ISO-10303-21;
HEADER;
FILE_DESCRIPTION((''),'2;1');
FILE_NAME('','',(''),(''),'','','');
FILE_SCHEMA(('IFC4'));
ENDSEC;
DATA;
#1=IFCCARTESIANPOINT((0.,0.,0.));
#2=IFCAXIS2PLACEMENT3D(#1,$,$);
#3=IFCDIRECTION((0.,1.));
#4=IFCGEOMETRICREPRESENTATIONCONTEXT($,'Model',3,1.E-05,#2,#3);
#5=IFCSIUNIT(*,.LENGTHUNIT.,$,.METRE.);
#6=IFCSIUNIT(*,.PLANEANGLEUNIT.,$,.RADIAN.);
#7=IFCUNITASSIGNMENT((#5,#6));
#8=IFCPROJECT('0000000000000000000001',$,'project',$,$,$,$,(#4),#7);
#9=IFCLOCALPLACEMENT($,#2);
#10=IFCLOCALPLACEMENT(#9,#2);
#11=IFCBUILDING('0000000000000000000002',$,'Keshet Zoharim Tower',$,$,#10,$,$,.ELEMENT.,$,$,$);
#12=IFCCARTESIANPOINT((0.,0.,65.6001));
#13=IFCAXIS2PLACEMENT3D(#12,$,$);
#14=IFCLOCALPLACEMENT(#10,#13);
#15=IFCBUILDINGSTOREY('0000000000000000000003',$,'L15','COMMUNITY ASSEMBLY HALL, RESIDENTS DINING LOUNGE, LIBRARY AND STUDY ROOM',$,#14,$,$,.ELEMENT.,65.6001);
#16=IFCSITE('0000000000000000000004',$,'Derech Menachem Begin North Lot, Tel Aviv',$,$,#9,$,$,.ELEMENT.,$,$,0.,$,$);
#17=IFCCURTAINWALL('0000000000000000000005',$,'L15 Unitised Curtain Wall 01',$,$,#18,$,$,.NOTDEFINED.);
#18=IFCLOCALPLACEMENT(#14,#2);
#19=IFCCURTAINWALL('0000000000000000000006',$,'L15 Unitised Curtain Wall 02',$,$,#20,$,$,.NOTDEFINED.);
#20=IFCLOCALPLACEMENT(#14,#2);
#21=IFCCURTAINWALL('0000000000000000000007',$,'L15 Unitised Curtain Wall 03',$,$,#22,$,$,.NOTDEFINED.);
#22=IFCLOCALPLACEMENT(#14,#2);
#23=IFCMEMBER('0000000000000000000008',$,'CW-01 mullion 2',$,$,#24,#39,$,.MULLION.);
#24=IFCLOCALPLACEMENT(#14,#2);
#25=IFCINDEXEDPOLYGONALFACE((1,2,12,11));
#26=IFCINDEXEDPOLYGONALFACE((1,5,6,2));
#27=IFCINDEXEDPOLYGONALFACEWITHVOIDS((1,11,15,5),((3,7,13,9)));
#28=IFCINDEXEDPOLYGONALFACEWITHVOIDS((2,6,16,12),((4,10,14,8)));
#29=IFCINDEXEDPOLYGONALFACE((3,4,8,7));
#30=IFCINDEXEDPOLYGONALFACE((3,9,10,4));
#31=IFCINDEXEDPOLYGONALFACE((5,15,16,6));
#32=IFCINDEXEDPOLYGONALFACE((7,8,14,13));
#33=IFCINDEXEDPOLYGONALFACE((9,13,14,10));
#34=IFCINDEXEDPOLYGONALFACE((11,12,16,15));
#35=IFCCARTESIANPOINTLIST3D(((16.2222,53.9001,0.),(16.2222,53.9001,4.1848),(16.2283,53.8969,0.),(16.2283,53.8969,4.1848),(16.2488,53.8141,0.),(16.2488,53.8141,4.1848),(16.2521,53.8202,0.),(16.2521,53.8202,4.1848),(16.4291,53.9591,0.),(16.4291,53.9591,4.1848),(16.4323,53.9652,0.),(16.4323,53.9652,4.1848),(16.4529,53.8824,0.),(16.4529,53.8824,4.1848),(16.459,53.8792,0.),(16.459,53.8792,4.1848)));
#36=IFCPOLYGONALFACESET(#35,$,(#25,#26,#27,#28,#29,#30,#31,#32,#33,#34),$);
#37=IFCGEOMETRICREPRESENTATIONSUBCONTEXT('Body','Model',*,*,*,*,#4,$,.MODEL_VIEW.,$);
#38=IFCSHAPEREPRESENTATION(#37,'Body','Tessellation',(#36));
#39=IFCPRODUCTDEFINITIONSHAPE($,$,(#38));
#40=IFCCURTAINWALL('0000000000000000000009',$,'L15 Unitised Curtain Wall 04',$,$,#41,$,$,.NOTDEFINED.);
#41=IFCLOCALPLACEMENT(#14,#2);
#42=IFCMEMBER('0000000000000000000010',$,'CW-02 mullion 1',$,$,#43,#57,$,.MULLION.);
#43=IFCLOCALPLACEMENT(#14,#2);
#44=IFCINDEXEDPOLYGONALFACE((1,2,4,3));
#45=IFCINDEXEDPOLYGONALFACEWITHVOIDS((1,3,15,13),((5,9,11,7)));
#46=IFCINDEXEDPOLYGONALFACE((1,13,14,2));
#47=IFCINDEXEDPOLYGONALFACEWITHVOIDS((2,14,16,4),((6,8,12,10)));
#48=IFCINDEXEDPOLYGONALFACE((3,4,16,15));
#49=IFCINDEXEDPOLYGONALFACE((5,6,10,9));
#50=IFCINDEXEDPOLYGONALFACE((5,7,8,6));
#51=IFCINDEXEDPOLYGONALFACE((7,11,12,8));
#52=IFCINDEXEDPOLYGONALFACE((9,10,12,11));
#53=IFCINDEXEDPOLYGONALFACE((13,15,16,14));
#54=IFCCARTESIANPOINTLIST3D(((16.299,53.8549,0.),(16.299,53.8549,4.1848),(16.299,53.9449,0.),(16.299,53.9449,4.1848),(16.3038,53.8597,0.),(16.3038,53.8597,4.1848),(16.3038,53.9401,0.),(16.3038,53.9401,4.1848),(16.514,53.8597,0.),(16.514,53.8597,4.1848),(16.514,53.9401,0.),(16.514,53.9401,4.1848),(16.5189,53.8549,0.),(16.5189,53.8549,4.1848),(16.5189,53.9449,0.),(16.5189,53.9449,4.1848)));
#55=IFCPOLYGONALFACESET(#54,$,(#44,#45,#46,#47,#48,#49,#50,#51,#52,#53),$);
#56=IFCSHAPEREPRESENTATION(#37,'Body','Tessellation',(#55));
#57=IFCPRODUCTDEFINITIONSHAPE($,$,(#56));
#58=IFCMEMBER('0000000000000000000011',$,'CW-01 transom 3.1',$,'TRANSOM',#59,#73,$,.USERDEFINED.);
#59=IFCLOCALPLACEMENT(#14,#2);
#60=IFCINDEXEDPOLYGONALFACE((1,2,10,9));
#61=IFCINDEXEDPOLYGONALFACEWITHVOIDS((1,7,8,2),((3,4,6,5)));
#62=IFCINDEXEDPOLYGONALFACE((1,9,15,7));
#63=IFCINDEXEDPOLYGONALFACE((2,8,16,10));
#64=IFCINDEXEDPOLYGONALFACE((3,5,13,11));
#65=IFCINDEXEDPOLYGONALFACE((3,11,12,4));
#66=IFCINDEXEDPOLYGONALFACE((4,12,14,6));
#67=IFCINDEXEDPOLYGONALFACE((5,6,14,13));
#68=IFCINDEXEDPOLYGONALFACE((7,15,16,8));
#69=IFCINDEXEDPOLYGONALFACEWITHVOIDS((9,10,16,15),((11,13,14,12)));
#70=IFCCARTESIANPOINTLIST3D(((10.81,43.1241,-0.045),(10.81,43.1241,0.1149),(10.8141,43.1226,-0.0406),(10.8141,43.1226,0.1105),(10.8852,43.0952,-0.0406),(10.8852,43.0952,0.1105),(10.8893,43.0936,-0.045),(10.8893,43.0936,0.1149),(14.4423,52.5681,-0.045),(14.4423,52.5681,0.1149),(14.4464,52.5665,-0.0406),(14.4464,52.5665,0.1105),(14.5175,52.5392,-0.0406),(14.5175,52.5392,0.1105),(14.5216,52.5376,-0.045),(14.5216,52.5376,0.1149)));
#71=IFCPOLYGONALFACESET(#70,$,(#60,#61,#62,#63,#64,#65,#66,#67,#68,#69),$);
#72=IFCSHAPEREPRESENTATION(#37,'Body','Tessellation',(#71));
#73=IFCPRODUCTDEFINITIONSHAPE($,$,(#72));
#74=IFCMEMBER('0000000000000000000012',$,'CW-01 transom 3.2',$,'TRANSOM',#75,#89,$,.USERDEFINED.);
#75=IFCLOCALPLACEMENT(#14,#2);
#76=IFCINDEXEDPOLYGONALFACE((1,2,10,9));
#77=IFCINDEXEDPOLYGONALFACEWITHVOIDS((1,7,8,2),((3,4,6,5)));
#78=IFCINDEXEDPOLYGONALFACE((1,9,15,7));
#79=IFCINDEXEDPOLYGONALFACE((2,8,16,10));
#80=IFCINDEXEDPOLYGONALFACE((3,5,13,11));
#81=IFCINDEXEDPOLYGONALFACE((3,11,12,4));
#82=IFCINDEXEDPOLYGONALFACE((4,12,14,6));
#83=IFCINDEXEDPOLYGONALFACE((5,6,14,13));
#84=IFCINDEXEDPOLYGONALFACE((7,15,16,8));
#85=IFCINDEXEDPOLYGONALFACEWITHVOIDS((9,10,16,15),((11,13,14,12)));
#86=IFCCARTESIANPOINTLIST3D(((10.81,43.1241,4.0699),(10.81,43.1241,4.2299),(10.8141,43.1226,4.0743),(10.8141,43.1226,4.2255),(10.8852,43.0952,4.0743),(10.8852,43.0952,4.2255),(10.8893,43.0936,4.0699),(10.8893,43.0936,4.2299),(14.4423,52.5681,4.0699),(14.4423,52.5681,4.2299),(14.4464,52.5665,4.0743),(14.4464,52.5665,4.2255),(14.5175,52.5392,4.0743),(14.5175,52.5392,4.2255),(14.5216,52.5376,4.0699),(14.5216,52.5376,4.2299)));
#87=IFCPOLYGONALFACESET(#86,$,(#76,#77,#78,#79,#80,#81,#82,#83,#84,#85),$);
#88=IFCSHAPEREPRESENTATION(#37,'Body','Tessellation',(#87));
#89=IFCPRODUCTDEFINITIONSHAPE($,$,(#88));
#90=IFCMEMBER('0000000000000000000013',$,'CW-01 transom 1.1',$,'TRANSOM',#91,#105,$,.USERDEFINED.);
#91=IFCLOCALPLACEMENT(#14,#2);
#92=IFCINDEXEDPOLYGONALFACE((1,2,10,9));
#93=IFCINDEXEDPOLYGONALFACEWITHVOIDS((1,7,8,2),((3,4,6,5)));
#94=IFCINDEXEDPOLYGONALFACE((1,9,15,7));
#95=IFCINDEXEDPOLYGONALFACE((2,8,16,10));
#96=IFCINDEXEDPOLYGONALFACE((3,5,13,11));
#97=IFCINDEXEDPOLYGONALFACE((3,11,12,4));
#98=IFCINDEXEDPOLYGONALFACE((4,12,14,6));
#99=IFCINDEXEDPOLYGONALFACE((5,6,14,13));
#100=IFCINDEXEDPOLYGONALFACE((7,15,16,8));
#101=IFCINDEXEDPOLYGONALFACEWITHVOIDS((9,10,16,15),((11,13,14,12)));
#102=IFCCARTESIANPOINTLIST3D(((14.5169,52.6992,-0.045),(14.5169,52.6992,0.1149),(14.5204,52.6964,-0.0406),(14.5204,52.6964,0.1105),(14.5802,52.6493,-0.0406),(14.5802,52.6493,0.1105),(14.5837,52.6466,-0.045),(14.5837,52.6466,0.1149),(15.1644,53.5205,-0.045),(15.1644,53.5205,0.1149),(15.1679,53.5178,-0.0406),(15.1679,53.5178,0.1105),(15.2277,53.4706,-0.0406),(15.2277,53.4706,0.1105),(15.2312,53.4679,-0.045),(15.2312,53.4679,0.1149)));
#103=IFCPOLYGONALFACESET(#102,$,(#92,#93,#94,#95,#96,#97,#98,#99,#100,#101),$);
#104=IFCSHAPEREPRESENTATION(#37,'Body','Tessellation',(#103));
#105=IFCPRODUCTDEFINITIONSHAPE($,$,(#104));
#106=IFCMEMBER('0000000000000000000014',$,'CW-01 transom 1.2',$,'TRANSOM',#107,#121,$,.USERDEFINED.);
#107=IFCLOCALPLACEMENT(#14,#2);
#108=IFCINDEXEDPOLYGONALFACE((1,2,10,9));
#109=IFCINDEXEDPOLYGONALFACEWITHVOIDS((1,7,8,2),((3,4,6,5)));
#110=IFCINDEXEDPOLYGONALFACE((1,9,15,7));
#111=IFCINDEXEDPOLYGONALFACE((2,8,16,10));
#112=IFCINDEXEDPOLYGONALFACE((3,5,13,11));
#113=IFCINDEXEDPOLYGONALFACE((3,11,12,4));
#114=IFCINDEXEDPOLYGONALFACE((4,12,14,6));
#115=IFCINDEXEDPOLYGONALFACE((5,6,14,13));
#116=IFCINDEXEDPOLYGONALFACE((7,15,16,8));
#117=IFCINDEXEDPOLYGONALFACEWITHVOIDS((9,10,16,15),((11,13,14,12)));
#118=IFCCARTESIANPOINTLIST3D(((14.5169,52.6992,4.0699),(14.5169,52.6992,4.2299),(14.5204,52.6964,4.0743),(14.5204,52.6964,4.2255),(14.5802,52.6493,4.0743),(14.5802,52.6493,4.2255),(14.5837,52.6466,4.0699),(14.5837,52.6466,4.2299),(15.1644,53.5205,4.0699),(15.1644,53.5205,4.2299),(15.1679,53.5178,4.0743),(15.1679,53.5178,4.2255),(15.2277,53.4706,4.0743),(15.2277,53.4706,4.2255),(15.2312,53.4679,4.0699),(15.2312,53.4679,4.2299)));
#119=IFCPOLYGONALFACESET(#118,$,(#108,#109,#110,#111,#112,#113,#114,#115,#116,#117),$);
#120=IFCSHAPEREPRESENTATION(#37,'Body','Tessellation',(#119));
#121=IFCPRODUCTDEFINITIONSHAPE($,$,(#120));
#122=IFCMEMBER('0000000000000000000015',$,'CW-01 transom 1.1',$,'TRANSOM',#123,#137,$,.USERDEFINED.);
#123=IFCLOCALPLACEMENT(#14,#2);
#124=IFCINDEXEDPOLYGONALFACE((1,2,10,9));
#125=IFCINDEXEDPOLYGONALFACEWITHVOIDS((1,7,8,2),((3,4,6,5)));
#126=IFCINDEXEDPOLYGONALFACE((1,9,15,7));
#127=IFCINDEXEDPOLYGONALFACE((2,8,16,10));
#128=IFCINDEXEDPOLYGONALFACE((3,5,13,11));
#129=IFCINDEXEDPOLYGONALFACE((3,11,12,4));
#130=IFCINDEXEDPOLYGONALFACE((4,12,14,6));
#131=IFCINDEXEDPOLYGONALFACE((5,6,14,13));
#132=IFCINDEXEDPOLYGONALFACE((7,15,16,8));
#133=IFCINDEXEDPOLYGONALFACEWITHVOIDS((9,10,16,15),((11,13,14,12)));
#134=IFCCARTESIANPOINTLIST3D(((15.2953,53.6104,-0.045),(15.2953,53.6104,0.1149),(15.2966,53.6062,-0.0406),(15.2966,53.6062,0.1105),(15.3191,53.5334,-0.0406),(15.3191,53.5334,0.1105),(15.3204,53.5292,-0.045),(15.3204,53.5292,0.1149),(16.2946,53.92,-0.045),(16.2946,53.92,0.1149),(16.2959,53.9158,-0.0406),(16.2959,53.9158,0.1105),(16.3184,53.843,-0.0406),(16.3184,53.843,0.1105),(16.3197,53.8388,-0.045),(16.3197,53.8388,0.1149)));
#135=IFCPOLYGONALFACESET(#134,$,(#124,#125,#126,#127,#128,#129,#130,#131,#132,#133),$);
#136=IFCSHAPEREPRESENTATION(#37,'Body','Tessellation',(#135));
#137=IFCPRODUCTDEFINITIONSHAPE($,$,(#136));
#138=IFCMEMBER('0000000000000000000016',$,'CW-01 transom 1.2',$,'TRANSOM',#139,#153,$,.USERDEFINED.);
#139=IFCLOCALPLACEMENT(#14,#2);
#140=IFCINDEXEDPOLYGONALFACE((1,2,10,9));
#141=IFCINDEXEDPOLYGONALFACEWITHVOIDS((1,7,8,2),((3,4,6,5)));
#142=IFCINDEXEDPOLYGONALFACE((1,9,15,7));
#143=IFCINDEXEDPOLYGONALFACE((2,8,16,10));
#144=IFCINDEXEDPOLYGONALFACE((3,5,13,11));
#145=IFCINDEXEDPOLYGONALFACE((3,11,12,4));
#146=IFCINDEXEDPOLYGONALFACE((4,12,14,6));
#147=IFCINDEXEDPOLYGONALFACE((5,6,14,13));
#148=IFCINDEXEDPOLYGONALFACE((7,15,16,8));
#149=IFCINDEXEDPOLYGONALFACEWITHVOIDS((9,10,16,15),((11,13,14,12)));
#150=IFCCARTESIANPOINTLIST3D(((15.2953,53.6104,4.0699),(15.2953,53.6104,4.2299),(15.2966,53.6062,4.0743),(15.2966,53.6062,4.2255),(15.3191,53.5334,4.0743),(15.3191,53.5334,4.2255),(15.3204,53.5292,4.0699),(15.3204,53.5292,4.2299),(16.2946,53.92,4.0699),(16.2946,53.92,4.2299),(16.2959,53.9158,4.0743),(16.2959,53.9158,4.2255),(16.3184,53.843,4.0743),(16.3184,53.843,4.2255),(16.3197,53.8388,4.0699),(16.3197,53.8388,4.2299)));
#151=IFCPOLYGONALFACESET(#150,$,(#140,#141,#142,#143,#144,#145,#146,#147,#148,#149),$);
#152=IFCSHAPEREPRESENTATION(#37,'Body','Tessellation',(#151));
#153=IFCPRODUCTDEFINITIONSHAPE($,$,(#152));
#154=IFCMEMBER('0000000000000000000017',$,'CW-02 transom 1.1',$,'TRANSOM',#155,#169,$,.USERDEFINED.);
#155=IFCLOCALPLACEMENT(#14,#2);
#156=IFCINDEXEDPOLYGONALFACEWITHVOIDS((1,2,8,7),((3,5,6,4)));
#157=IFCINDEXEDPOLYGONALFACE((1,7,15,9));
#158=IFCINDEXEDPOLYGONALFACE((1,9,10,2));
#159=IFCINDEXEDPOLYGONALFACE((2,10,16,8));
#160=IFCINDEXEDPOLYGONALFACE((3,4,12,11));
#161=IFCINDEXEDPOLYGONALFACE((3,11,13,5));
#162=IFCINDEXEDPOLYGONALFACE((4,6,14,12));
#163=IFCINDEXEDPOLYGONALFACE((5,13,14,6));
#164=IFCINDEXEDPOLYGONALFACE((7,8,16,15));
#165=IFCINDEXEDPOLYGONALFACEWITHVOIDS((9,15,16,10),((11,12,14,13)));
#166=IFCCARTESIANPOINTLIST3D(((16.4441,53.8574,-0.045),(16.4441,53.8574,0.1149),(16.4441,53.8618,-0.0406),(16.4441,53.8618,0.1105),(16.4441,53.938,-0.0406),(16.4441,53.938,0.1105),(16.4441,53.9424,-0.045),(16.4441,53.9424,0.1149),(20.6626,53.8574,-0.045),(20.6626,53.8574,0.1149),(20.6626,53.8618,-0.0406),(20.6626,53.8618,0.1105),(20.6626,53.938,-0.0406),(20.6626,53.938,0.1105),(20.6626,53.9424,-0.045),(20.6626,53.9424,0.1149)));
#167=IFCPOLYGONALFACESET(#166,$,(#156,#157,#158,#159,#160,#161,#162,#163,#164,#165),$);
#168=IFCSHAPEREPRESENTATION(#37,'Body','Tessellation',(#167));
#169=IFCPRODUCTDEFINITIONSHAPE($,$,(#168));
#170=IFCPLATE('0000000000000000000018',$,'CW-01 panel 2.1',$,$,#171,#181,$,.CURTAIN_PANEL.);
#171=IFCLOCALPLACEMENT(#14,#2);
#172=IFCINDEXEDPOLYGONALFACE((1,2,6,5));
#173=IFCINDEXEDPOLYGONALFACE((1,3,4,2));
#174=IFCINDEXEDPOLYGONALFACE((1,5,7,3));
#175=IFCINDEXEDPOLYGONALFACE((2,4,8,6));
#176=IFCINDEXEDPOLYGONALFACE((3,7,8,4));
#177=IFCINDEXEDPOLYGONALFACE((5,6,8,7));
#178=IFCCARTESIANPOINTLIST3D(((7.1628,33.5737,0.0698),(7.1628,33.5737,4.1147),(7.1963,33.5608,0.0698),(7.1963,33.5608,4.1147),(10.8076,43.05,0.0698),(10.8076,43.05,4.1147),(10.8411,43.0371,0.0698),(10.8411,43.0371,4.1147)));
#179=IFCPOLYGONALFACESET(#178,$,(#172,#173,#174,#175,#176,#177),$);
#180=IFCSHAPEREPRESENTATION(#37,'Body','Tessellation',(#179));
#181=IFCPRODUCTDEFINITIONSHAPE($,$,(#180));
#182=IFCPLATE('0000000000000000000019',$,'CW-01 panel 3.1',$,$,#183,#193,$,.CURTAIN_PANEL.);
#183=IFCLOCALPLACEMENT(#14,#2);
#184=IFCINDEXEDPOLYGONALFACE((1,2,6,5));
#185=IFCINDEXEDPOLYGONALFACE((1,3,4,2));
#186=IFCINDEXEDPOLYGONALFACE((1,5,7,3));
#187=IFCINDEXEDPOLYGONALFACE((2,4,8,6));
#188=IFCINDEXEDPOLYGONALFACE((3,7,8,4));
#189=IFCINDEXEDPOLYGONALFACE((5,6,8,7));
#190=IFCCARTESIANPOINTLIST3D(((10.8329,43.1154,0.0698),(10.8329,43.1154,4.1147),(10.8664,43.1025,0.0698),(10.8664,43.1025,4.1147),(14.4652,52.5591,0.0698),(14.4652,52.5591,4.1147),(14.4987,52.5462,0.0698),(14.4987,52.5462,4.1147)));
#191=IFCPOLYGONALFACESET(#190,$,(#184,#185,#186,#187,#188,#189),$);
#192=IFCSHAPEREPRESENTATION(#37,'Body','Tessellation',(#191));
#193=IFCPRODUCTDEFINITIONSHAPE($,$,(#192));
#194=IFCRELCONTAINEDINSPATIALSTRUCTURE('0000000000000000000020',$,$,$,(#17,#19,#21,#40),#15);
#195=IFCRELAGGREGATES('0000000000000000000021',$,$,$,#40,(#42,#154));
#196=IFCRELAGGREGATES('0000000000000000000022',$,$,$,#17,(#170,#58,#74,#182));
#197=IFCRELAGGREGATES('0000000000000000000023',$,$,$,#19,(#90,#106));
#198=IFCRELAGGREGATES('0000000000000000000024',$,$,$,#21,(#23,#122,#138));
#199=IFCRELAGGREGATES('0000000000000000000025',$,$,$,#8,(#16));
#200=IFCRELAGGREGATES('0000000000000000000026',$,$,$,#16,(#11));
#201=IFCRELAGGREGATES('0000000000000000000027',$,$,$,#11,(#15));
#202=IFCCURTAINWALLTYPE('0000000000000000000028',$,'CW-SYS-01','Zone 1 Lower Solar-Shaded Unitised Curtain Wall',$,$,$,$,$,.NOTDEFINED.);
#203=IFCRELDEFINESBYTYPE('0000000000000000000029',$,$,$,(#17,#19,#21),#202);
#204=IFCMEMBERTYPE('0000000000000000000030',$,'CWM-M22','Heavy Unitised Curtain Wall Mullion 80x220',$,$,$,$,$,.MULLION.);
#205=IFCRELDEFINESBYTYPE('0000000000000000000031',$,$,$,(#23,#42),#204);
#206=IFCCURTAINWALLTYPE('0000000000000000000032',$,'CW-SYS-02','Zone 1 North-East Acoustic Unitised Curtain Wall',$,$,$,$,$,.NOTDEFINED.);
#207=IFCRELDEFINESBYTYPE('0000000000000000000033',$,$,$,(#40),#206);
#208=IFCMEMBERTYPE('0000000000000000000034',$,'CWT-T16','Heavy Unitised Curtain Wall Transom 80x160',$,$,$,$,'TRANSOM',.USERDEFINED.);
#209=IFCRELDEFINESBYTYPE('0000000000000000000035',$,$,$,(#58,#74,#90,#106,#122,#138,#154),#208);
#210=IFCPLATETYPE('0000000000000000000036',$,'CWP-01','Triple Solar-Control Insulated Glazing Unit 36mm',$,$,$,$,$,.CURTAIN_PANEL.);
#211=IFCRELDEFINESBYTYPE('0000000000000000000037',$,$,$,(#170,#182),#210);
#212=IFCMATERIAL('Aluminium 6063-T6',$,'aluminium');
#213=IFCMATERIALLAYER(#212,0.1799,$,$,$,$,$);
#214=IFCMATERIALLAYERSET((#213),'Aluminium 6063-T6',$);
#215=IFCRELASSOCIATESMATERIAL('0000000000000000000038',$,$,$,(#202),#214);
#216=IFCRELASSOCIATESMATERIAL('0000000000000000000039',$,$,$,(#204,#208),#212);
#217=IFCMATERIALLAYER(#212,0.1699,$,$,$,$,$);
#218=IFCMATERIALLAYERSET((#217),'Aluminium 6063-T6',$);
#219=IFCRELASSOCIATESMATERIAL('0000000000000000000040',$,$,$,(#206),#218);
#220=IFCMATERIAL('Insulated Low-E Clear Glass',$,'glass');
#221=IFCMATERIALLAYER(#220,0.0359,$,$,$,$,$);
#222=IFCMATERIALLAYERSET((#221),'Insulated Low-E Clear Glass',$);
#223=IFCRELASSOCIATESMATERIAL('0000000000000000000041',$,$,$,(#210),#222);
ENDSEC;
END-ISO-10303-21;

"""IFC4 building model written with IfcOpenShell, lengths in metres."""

from ifc_helpers import new_model, si_unit, direction, frame, origin, origin_2d, place, context, subcontext, project, spatial, rectangle, hollow_rectangle, extrude, material, layer, layer_set, material_profile, profile_set, type_object, element, aggregate, save


model = new_model("IFC4")

# Units and contexts
model_context = context("Model", 3, precision=1e-05, world=origin(), true_north=direction((0.0, 1.0)))
body_context = subcontext(model_context, "Body", "Model", "MODEL_VIEW")
ifc_project = project(units=[si_unit("LENGTHUNIT", "METRE"), si_unit("PLANEANGLEUNIT", "RADIAN")], contexts=[model_context])

# Site, building, storey
site_placement = place(None, origin())
site = spatial("IfcSite", under=ifc_project, at=site_placement, Name="Derech Menachem Begin North Lot, Tel Aviv", CompositionType="ELEMENT", RefElevation=0.0)
building_placement = place(site_placement, origin())
building = spatial("IfcBuilding", under=site, at=building_placement, Name="Keshet Zoharim Tower", CompositionType="ELEMENT")
storey_placement = place(building_placement, frame((0.0, 0.0, 65.6001)))
storey = spatial("IfcBuildingStorey", under=building, at=storey_placement, Name="L15", Description="COMMUNITY ASSEMBLY HALL, RESIDENTS DINING LOUNGE, LIBRARY AND STUDY ROOM", CompositionType="ELEMENT", Elevation=65.6001)

# Curtain walls, member
ifc_material_1 = material(Name="Aluminium 6063-T6", Category="aluminium")
ifc_layer_1 = layer(ifc_material_1, 0.1799)
ifc_layer_set_1 = layer_set([ifc_layer_1], Name="Aluminium 6063-T6")
curtain_wall_type_1 = type_object("IfcCurtainWallType", Name="CW-SYS-01", Description="Zone 1 Lower Solar-Shaded Unitised Curtain Wall", PredefinedType="NOTDEFINED", material=ifc_layer_set_1)
curtain_wall_1_placement = place(storey_placement, origin())
curtain_wall_1 = element("IfcCurtainWall", 1, at=curtain_wall_1_placement, inside=storey, type_object=curtain_wall_type_1, Name="L15 Unitised Curtain Wall 01", PredefinedType="NOTDEFINED")
ifc_material_profile_1 = material_profile(ifc_material_1, hollow_rectangle(XDim=0.0901, YDim=0.22, WallThickness=0.0049, at=origin_2d()), Name="MUL-90x220")
ifc_profile_set_1 = profile_set([ifc_material_profile_1], Name="Aluminium 6063-T6")
member_type_1 = type_object("IfcMemberType", Name="CWM-M22", Description="Heavy Unitised Curtain Wall Mullion 80x220", PredefinedType="MULLION", material=ifc_profile_set_1)
curtain_wall_2_placement = place(storey_placement, origin())
curtain_wall_2 = element("IfcCurtainWall", 2, at=curtain_wall_2_placement, inside=storey, type_object=curtain_wall_type_1, Name="L15 Unitised Curtain Wall 02", PredefinedType="NOTDEFINED")
curtain_wall_3_placement = place(storey_placement, origin())
curtain_wall_3 = element("IfcCurtainWall", 3, at=curtain_wall_3_placement, inside=storey, type_object=curtain_wall_type_1, Name="L15 Unitised Curtain Wall 03", PredefinedType="NOTDEFINED")
member_1_placement = place(storey_placement, frame((16.3406, 53.8896, 0.0), z_axis=(0.0, 0.0, 1.0), x_axis=(-0.295922, 0.955212, 0.0)))
member_1 = element("IfcMember", 4, at=member_1_placement, type_object=member_type_1, Name="CW-01 mullion 2", PredefinedType="MULLION", context=body_context, shape_type="SweptSolid", body=[
    extrude(hollow_rectangle(XDim=0.0901, YDim=0.22, WallThickness=0.0049, at=origin_2d()), origin(), (0.0, 0.0, 1.0), 4.1848),
])

# Curtain wall, member
ifc_layer_2 = layer(ifc_material_1, 0.1699)
ifc_layer_set_2 = layer_set([ifc_layer_2], Name="Aluminium 6063-T6")
curtain_wall_type_2 = type_object("IfcCurtainWallType", Name="CW-SYS-02", Description="Zone 1 North-East Acoustic Unitised Curtain Wall", PredefinedType="NOTDEFINED", material=ifc_layer_set_2)
curtain_wall_4_placement = place(storey_placement, origin())
curtain_wall_4 = element("IfcCurtainWall", 5, at=curtain_wall_4_placement, inside=storey, type_object=curtain_wall_type_2, Name="L15 Unitised Curtain Wall 04", PredefinedType="NOTDEFINED")
member_2_placement = place(storey_placement, frame((16.4089, 53.8999, 0.0), z_axis=(0.0, 0.0, 1.0), x_axis=(0.0, 1.0, 0.0)))
member_2 = element("IfcMember", 6, at=member_2_placement, type_object=member_type_1, Name="CW-02 mullion 1", PredefinedType="MULLION", context=body_context, shape_type="SweptSolid", body=[
    extrude(hollow_rectangle(XDim=0.0901, YDim=0.22, WallThickness=0.0049, at=origin_2d()), origin(), (0.0, 0.0, 1.0), 4.1848),
])

# Members
ifc_material_profile_2 = material_profile(ifc_material_1, hollow_rectangle(XDim=0.085, YDim=0.1599, WallThickness=0.0044, at=origin_2d()), Name="TRN-85x160")
ifc_profile_set_2 = profile_set([ifc_material_profile_2], Name="Aluminium 6063-T6")
member_type_2 = type_object("IfcMemberType", Name="CWT-T16", Description="Heavy Unitised Curtain Wall Transom 80x160", ElementType="TRANSOM", PredefinedType="USERDEFINED", material=ifc_profile_set_2)
member_3_placement = place(storey_placement, frame((10.8496, 43.1089, 0.0349), z_axis=(0.358986, 0.933343, 0.0), x_axis=(-0.933343, 0.358986, 0.0)))
member_3 = element("IfcMember", 7, at=member_3_placement, type_object=member_type_2, Name="CW-01 transom 3.1", ObjectType="TRANSOM", PredefinedType="USERDEFINED", context=body_context, shape_type="SweptSolid", body=[
    extrude(hollow_rectangle(XDim=0.085, YDim=0.1599, WallThickness=0.0044, at=origin_2d()), origin(), (0.0, 0.0, 1.0), 10.1184),
])
member_4_placement = place(storey_placement, frame((10.8496, 43.1089, 4.1499), z_axis=(0.358986, 0.933343, 0.0), x_axis=(-0.933343, 0.358986, 0.0)))
member_4 = element("IfcMember", 8, at=member_4_placement, type_object=member_type_2, Name="CW-01 transom 3.2", ObjectType="TRANSOM", PredefinedType="USERDEFINED", context=body_context, shape_type="SweptSolid", body=[
    extrude(hollow_rectangle(XDim=0.085, YDim=0.1599, WallThickness=0.0044, at=origin_2d()), origin(), (0.0, 0.0, 1.0), 10.1184),
])
member_5_placement = place(storey_placement, frame((14.5503, 52.6729, 0.0349), z_axis=(0.619099, 0.785313, 0.0), x_axis=(-0.785313, 0.619099, 0.0)))
member_5 = element("IfcMember", 9, at=member_5_placement, type_object=member_type_2, Name="CW-01 transom 1.1", ObjectType="TRANSOM", PredefinedType="USERDEFINED", context=body_context, shape_type="SweptSolid", body=[
    extrude(hollow_rectangle(XDim=0.085, YDim=0.1599, WallThickness=0.0044, at=origin_2d()), origin(), (0.0, 0.0, 1.0), 1.0459),
])
member_6_placement = place(storey_placement, frame((14.5503, 52.6729, 4.1499), z_axis=(0.619099, 0.785313, 0.0), x_axis=(-0.785313, 0.619099, 0.0)))
member_6 = element("IfcMember", 10, at=member_6_placement, type_object=member_type_2, Name="CW-01 transom 1.2", ObjectType="TRANSOM", PredefinedType="USERDEFINED", context=body_context, shape_type="SweptSolid", body=[
    extrude(hollow_rectangle(XDim=0.085, YDim=0.1599, WallThickness=0.0044, at=origin_2d()), origin(), (0.0, 0.0, 1.0), 1.0459),
])
member_7_placement = place(storey_placement, frame((15.3079, 53.5698, 0.0349), z_axis=(0.955212, 0.295922, 0.0), x_axis=(-0.295922, 0.955212, 0.0)))
member_7 = element("IfcMember", 11, at=member_7_placement, type_object=member_type_2, Name="CW-01 transom 1.1", ObjectType="TRANSOM", PredefinedType="USERDEFINED", context=body_context, shape_type="SweptSolid", body=[
    extrude(hollow_rectangle(XDim=0.085, YDim=0.1599, WallThickness=0.0044, at=origin_2d()), origin(), (0.0, 0.0, 1.0), 1.0461),
])
member_8_placement = place(storey_placement, frame((15.3079, 53.5698, 4.1499), z_axis=(0.955212, 0.295922, 0.0), x_axis=(-0.295922, 0.955212, 0.0)))
member_8 = element("IfcMember", 12, at=member_8_placement, type_object=member_type_2, Name="CW-01 transom 1.2", ObjectType="TRANSOM", PredefinedType="USERDEFINED", context=body_context, shape_type="SweptSolid", body=[
    extrude(hollow_rectangle(XDim=0.085, YDim=0.1599, WallThickness=0.0044, at=origin_2d()), origin(), (0.0, 0.0, 1.0), 1.0461),
])
member_9_placement = place(storey_placement, frame((16.4441, 53.8999, 0.0349), z_axis=(1.0, 0.0, 0.0), x_axis=(0.0, 1.0, 0.0)))
member_9 = element("IfcMember", 13, at=member_9_placement, type_object=member_type_2, Name="CW-02 transom 1.1", ObjectType="TRANSOM", PredefinedType="USERDEFINED", context=body_context, shape_type="SweptSolid", body=[
    extrude(hollow_rectangle(XDim=0.085, YDim=0.1599, WallThickness=0.0044, at=origin_2d()), origin(), (0.0, 0.0, 1.0), 4.2185),
])
aggregate(curtain_wall_4, [member_2, member_9])

# Plates
ifc_material_2 = material(Name="Insulated Low-E Clear Glass", Category="glass")
ifc_layer_3 = layer(ifc_material_2, 0.0359)
ifc_layer_set_3 = layer_set([ifc_layer_3], Name="Insulated Low-E Clear Glass")
plate_type = type_object("IfcPlateType", Name="CWP-01", Description="Triple Solar-Control Insulated Glazing Unit 36mm", PredefinedType="CURTAIN_PANEL", material=ifc_layer_set_3)
plate_1_placement = place(storey_placement, frame((9.002, 38.3054, 0.0698), z_axis=(0.0, 0.0, 1.0), x_axis=(0.35899, 0.933341, 0.0)))
plate_1 = element("IfcPlate", 14, at=plate_1_placement, type_object=plate_type, Name="CW-01 panel 2.1", PredefinedType="CURTAIN_PANEL", context=body_context, shape_type="SweptSolid", body=[
    extrude(rectangle(XDim=10.1531, YDim=0.0359, at=origin_2d()), origin(), (0.0, 0.0, 1.0), 4.0449),
])
plate_2_placement = place(storey_placement, frame((12.6658, 47.8308, 0.0698), z_axis=(0.0, 0.0, 1.0), x_axis=(0.35899, 0.933341, 0.0)))
plate_2 = element("IfcPlate", 15, at=plate_2_placement, type_object=plate_type, Name="CW-01 panel 3.1", PredefinedType="CURTAIN_PANEL", context=body_context, shape_type="SweptSolid", body=[
    extrude(rectangle(XDim=10.1182, YDim=0.0359, at=origin_2d()), origin(), (0.0, 0.0, 1.0), 4.0449),
])
aggregate(curtain_wall_1, [plate_1, member_3, member_4, plate_2])
aggregate(curtain_wall_2, [member_5, member_6])
aggregate(curtain_wall_3, [member_1, member_7, member_8])

save(model, "model.ifc")
